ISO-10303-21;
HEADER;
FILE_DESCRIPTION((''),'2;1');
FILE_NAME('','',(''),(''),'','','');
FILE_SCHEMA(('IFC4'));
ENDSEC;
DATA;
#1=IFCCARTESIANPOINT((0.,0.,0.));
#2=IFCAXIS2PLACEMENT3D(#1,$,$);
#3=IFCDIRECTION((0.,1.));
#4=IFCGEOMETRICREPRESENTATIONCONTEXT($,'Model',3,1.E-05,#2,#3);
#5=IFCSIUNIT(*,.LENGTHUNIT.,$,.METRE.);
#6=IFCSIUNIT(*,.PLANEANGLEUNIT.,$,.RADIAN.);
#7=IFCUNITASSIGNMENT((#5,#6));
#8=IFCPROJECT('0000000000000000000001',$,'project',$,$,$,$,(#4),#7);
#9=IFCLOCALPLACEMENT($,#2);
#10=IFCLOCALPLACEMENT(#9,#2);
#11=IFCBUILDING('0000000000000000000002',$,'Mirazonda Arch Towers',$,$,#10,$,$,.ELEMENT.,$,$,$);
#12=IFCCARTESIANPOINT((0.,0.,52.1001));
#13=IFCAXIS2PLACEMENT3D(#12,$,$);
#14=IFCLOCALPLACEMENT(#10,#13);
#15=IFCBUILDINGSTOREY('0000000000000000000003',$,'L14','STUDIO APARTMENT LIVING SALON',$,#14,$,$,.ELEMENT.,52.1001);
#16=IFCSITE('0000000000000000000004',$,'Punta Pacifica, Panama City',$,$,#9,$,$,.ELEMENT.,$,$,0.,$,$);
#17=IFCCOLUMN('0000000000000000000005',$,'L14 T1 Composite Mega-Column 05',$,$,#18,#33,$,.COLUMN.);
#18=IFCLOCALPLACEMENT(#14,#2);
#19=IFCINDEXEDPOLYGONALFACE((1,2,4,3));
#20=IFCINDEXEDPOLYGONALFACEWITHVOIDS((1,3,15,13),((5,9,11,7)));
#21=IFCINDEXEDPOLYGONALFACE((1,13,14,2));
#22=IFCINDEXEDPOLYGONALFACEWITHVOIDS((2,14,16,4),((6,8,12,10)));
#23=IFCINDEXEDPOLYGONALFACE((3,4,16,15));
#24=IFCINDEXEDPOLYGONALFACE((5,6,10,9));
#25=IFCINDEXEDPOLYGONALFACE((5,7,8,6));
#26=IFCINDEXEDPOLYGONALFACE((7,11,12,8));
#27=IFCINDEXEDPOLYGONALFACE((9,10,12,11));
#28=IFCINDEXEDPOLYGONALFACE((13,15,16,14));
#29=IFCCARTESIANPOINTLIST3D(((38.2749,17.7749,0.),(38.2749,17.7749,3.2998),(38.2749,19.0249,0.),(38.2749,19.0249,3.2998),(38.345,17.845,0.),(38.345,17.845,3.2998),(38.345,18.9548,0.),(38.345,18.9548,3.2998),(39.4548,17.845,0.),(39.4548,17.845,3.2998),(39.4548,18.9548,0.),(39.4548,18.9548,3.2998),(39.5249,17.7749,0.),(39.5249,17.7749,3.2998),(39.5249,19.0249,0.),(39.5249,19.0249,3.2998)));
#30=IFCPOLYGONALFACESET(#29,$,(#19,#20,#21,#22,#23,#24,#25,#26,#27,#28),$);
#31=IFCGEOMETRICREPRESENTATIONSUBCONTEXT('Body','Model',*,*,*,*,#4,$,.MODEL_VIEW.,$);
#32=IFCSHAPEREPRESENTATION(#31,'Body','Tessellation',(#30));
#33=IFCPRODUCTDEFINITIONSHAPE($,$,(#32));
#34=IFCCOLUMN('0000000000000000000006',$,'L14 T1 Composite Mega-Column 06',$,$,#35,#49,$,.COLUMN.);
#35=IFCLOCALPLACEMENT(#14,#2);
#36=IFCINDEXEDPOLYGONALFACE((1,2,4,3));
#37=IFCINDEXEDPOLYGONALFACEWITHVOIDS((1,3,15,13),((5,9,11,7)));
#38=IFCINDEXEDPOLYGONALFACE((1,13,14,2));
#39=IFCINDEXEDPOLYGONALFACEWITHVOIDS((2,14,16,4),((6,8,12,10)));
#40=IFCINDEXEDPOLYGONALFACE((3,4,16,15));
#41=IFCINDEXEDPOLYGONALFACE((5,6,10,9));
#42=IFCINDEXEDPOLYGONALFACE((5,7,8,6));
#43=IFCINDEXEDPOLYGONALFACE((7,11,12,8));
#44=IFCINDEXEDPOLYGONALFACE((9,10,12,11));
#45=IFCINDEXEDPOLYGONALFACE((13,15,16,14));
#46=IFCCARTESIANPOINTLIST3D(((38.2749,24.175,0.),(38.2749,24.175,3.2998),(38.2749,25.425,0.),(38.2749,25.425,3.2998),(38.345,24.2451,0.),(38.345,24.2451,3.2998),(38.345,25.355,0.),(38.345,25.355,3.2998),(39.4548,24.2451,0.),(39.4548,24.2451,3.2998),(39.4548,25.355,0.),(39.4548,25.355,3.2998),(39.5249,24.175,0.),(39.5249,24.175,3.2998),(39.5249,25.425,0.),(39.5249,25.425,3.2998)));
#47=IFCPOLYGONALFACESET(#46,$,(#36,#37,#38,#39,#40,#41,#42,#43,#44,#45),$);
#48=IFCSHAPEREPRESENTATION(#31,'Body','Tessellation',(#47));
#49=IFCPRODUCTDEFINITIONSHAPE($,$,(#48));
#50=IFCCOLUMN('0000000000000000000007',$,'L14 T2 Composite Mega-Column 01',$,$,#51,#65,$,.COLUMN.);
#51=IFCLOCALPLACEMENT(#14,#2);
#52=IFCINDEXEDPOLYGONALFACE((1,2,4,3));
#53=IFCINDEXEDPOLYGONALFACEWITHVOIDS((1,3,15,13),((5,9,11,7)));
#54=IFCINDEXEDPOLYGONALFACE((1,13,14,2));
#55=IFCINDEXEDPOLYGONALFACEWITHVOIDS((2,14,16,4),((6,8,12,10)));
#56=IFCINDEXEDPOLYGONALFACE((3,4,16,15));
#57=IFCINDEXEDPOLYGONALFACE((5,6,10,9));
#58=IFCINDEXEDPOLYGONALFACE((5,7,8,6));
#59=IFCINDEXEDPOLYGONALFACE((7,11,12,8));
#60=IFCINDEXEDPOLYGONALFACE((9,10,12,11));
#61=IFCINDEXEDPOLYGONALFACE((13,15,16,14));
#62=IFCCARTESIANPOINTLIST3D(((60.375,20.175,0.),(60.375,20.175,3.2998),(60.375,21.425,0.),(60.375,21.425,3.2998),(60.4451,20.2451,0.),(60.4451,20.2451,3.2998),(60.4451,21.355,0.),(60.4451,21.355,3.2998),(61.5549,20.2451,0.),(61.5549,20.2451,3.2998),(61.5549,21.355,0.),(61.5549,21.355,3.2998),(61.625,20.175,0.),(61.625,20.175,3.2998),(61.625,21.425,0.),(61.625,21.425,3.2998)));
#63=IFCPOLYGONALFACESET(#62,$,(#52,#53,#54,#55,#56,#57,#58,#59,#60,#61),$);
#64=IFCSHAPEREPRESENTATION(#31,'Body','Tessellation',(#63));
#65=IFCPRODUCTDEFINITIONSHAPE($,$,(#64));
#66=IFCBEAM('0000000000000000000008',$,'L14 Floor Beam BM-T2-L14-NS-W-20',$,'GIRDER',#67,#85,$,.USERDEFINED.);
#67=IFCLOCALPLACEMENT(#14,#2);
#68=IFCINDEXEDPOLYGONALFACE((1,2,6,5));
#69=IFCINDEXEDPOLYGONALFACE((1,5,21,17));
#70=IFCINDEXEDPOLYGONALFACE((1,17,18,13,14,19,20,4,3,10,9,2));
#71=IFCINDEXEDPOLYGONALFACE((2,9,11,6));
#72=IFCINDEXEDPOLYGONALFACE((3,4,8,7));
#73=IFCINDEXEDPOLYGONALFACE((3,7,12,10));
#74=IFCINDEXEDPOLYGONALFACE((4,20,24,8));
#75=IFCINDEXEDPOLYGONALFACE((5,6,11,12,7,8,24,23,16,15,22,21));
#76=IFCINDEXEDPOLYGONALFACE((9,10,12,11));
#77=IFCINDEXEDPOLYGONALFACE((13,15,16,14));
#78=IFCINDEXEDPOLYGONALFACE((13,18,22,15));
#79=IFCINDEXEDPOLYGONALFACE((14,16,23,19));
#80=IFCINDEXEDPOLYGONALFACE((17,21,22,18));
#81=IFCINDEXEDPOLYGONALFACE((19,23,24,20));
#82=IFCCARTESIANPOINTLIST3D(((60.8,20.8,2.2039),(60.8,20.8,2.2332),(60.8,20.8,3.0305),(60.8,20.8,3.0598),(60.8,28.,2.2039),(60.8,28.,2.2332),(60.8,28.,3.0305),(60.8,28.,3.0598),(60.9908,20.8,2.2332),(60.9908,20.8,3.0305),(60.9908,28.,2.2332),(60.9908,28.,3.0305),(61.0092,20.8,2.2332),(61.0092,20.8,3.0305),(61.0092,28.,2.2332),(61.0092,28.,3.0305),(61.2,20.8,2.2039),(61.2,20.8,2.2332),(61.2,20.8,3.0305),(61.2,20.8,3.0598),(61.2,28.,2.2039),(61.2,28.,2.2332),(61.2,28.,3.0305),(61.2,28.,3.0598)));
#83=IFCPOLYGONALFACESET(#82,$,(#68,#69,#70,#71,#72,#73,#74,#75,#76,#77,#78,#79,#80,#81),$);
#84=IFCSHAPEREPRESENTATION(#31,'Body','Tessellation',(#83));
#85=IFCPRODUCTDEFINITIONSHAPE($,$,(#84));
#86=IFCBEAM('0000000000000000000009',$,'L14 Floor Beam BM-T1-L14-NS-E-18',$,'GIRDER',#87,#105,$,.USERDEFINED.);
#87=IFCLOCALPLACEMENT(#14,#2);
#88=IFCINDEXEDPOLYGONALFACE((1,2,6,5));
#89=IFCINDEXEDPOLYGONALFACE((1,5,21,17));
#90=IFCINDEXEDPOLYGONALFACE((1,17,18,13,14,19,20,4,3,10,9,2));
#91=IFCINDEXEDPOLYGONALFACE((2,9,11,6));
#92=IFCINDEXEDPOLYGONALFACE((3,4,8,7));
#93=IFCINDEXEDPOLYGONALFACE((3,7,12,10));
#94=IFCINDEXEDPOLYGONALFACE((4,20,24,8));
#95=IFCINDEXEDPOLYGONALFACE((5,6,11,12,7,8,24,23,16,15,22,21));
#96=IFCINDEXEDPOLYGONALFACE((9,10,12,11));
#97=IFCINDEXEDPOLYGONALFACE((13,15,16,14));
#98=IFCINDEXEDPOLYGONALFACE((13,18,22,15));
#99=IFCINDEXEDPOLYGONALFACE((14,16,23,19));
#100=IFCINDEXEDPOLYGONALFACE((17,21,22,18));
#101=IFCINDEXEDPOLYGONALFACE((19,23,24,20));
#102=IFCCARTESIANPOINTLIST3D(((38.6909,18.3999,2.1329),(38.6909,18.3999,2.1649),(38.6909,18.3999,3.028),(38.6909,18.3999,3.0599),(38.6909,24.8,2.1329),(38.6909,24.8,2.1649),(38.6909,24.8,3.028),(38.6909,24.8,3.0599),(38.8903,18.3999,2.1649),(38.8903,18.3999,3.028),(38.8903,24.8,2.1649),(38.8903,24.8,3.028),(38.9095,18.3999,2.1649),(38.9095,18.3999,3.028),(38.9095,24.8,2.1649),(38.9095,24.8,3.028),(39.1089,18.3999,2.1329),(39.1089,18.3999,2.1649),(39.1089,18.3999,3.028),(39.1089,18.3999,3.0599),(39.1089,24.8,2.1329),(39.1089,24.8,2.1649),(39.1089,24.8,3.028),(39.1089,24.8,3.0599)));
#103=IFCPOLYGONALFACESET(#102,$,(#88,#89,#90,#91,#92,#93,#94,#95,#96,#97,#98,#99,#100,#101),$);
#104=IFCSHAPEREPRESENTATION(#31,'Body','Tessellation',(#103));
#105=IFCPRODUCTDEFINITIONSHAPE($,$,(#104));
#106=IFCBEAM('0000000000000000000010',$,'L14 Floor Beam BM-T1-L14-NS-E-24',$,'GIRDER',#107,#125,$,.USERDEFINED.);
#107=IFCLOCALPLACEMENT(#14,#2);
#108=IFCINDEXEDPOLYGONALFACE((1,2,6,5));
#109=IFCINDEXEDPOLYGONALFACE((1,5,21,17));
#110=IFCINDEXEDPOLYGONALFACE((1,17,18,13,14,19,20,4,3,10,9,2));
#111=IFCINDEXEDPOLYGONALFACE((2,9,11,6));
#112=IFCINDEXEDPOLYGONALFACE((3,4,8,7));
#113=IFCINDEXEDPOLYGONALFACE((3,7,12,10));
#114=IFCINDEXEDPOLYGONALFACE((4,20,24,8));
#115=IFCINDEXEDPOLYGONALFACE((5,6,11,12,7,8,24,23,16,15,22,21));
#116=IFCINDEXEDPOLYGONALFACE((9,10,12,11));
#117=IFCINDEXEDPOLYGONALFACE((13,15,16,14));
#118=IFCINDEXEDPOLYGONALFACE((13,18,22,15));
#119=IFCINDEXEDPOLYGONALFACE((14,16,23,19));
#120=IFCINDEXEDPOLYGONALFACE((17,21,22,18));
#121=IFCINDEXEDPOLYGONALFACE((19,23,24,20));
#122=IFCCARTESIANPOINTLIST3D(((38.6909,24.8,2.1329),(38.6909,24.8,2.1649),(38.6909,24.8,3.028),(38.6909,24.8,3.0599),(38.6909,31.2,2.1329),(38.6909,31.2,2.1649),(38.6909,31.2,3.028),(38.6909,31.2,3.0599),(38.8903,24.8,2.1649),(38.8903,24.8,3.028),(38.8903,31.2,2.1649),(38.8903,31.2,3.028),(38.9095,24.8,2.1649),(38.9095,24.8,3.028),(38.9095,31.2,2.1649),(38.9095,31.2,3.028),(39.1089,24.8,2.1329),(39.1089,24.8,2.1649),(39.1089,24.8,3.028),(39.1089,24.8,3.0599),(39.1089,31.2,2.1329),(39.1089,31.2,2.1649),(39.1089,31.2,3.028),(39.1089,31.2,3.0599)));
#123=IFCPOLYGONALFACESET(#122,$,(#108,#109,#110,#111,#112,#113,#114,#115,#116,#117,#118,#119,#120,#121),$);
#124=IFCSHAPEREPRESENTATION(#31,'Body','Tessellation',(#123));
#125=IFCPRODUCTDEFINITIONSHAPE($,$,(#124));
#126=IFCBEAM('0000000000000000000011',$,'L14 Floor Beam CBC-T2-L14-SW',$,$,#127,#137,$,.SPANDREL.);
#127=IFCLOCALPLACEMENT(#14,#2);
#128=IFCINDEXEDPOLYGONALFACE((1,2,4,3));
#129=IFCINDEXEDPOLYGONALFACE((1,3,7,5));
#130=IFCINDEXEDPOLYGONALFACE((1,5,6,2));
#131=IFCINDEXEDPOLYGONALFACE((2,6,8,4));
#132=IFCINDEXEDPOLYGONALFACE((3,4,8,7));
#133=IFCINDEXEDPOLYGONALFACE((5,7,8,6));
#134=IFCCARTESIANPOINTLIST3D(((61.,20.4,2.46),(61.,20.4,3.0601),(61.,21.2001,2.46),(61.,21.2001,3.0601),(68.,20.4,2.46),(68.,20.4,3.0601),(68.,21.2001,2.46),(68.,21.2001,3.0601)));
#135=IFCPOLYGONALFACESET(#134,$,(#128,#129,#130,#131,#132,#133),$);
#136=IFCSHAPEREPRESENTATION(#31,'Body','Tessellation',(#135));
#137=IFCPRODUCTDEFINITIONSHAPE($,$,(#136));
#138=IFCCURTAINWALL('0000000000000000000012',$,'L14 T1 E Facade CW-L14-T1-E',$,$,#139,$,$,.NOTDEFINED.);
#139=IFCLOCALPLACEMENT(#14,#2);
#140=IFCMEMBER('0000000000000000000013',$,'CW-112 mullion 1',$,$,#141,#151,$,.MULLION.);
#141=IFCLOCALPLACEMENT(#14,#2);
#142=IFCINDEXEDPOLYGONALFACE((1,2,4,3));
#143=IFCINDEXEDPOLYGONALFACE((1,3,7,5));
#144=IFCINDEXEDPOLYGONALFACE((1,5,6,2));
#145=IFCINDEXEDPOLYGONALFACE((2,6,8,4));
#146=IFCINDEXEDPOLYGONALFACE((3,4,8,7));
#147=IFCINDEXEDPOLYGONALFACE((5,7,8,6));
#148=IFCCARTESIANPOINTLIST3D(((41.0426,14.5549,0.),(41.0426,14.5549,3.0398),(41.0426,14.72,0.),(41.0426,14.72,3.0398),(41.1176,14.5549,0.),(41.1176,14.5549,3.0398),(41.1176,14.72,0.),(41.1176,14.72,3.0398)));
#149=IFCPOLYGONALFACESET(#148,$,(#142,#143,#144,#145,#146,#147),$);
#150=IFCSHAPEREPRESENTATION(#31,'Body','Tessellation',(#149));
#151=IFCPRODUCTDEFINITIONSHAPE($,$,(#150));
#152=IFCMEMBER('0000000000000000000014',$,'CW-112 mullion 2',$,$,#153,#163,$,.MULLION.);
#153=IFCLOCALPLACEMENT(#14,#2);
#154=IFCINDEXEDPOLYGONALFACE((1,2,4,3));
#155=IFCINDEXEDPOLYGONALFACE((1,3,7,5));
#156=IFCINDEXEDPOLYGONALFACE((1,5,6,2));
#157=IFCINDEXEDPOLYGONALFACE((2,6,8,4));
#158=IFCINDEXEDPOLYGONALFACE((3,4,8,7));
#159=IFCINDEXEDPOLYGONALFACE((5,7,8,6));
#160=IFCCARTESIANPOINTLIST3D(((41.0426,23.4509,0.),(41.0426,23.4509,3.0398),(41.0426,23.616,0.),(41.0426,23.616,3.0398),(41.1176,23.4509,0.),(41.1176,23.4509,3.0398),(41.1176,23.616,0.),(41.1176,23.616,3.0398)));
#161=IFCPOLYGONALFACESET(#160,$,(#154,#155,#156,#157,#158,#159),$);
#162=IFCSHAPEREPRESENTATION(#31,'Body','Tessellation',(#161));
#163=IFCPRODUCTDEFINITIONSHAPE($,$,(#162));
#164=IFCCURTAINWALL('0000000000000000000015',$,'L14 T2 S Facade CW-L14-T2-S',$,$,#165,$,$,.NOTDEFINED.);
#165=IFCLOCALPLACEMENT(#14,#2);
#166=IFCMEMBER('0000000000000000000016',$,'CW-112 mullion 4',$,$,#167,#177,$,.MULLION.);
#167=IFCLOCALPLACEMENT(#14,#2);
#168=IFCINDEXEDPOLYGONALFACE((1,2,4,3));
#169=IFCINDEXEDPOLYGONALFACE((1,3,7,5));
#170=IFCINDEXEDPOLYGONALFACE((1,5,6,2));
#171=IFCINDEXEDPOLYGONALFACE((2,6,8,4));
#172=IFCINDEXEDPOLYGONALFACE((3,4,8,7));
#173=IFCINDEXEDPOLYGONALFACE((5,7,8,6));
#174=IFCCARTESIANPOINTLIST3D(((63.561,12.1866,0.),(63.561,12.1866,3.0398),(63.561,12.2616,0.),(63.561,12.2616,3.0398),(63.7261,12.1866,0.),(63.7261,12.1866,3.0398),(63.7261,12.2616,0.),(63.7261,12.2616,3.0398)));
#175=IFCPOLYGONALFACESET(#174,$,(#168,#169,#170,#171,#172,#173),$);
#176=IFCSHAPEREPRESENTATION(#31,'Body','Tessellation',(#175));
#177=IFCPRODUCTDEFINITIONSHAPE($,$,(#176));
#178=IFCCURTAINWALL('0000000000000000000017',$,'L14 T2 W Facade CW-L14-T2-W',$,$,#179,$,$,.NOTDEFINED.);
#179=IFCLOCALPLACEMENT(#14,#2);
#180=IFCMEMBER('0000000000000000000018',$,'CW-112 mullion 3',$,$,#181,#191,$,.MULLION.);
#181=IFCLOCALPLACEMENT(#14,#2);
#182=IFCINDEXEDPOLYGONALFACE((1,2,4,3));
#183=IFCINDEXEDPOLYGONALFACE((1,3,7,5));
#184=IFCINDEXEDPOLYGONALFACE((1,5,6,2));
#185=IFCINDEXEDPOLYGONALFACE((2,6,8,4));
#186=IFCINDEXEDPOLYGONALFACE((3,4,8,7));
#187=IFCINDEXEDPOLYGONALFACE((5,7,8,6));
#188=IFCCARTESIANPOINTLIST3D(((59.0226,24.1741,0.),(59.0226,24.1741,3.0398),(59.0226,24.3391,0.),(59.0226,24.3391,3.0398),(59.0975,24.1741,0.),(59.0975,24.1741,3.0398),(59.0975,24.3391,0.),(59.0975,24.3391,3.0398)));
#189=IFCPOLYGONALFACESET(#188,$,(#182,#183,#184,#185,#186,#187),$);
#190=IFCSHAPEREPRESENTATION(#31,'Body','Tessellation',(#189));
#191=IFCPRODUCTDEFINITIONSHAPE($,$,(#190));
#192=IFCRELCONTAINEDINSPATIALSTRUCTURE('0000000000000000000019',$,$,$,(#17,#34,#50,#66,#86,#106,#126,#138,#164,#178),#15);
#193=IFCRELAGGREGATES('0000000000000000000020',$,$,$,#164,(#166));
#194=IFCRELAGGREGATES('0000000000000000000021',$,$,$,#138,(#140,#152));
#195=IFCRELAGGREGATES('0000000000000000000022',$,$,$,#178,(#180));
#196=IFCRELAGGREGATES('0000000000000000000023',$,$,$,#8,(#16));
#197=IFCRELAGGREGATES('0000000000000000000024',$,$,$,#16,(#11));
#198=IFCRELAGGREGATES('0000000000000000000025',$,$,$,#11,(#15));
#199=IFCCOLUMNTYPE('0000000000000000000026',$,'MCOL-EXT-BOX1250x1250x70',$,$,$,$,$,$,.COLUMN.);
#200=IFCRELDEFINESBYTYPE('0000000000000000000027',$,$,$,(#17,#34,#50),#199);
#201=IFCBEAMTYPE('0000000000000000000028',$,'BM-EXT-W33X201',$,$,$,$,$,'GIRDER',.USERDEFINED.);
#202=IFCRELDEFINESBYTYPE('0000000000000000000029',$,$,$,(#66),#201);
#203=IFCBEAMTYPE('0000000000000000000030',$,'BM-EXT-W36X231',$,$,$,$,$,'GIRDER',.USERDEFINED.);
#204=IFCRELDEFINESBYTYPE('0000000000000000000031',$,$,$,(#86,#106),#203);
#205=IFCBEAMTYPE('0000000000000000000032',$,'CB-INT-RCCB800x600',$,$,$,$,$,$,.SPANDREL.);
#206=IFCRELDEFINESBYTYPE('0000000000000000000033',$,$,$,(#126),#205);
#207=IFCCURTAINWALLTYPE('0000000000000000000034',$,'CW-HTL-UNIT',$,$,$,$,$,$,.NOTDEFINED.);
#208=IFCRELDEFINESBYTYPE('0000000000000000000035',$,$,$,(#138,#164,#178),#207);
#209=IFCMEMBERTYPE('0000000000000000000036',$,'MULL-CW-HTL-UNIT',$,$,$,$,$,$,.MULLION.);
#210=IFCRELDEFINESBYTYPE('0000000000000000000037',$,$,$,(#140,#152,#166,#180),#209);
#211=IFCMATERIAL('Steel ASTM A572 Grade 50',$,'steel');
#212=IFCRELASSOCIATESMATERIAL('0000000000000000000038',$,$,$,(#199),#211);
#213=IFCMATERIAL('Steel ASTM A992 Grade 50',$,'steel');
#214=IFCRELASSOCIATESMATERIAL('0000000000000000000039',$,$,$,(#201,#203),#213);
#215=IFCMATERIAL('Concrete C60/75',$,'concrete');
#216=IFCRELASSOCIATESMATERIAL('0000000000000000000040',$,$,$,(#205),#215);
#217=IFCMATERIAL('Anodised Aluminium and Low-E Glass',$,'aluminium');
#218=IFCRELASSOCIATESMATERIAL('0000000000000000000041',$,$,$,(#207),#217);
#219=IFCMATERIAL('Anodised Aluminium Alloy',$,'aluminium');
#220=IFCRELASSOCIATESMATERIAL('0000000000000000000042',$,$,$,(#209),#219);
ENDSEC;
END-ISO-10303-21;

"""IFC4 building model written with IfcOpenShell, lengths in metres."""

from ifc_helpers import new_model, si_unit, direction, frame, origin, origin_2d, place, context, subcontext, project, spatial, rectangle, hollow_rectangle, i_section, extrude, material, material_profile, profile_set, type_object, element, aggregate, save


model = new_model("IFC4")

# Units and contexts
model_context = context("Model", 3, precision=1e-05, world=origin(), true_north=direction((0.0, 1.0)))
body_context = subcontext(model_context, "Body", "Model", "MODEL_VIEW")
ifc_project = project(units=[si_unit("LENGTHUNIT", "METRE"), si_unit("PLANEANGLEUNIT", "RADIAN")], contexts=[model_context])

# Site, building, storey
site_placement = place(None, origin())
site = spatial("IfcSite", under=ifc_project, at=site_placement, Name="Punta Pacifica, Panama City", CompositionType="ELEMENT", RefElevation=0.0)
building_placement = place(site_placement, origin())
building = spatial("IfcBuilding", under=site, at=building_placement, Name="Mirazonda Arch Towers", CompositionType="ELEMENT")
storey_placement = place(building_placement, frame((0.0, 0.0, 52.1001)))
storey = spatial("IfcBuildingStorey", under=building, at=storey_placement, Name="L14", Description="STUDIO APARTMENT LIVING SALON", CompositionType="ELEMENT", Elevation=52.1001)

# Columns
ifc_material_1 = material(Name="Steel ASTM A572 Grade 50", Category="steel")
ifc_material_profile_1 = material_profile(ifc_material_1, hollow_rectangle(XDim=1.25, YDim=1.25, WallThickness=0.0701, at=origin_2d()), Name="BOX1250x1250x70")
ifc_profile_set_1 = profile_set([ifc_material_profile_1], Name="Steel ASTM A572 Grade 50")
column_type = type_object("IfcColumnType", Name="MCOL-EXT-BOX1250x1250x70", PredefinedType="COLUMN", material=ifc_profile_set_1)
for number, where, z_axis, x_axis, name in (
    (1, (38.8999, 18.3999, 0.0), (0.0, 0.0, 1.0), (1.0, 0.0, 0.0), "L14 T1 Composite Mega-Column 05"),
    (2, (38.8999, 24.8, 0.0), (0.0, 0.0, 1.0), (1.0, 0.0, 0.0), "L14 T1 Composite Mega-Column 06"),
    (3, (61.0, 20.8, 0.0), (0.0, 0.0, 1.0), (1.0, 0.0, 0.0), "L14 T2 Composite Mega-Column 01"),
):
    element("IfcColumn", number, at=place(storey_placement, frame(where, z_axis=z_axis, x_axis=x_axis)), inside=storey, type_object=column_type, Name=name, PredefinedType="COLUMN", context=body_context, shape_type="SweptSolid", body=[
        extrude(hollow_rectangle(XDim=1.25, YDim=1.25, WallThickness=0.0701, at=origin_2d()), origin(), (0.0, 0.0, 1.0), 3.2998),
    ])

# Beams
ifc_material_2 = material(Name="Steel ASTM A992 Grade 50", Category="steel")
ifc_material_profile_2 = material_profile(ifc_material_2, i_section(OverallWidth=0.3999, OverallDepth=0.856, WebThickness=0.0183, FlangeThickness=0.0293, at=origin_2d()), Name="W33X201")
ifc_profile_set_2 = profile_set([ifc_material_profile_2], Name="Steel ASTM A992 Grade 50")
beam_type_1 = type_object("IfcBeamType", Name="BM-EXT-W33X201", ElementType="GIRDER", PredefinedType="USERDEFINED", material=ifc_profile_set_2)
beam_1_placement = place(storey_placement, frame((61.0, 20.8, 2.6318), z_axis=(0.0, 1.0, 0.0), x_axis=(-1.0, 0.0, 0.0)))
element("IfcBeam", 4, at=beam_1_placement, inside=storey, type_object=beam_type_1, Name="L14 Floor Beam BM-T2-L14-NS-W-20", ObjectType="GIRDER", PredefinedType="USERDEFINED", context=body_context, shape_type="SweptSolid", body=[
    extrude(i_section(OverallWidth=0.3999, OverallDepth=0.856, WebThickness=0.0183, FlangeThickness=0.0293, at=origin_2d()), origin(), (0.0, 0.0, 1.0), 7.2),
])
ifc_material_profile_3 = material_profile(ifc_material_2, i_section(OverallWidth=0.418, OverallDepth=0.927, WebThickness=0.0193, FlangeThickness=0.032, at=origin_2d()), Name="W36X231")
ifc_profile_set_3 = profile_set([ifc_material_profile_3], Name="Steel ASTM A992 Grade 50")
beam_type_2 = type_object("IfcBeamType", Name="BM-EXT-W36X231", ElementType="GIRDER", PredefinedType="USERDEFINED", material=ifc_profile_set_3)
beam_2_placement = place(storey_placement, frame((38.8999, 18.3999, 2.5964), z_axis=(0.0, 1.0, 0.0), x_axis=(-1.0, 0.0, 0.0)))
element("IfcBeam", 5, at=beam_2_placement, inside=storey, type_object=beam_type_2, Name="L14 Floor Beam BM-T1-L14-NS-E-18", ObjectType="GIRDER", PredefinedType="USERDEFINED", context=body_context, shape_type="SweptSolid", body=[
    extrude(i_section(OverallWidth=0.418, OverallDepth=0.927, WebThickness=0.0193, FlangeThickness=0.032, at=origin_2d()), origin(), (0.0, 0.0, 1.0), 6.4001),
])
beam_3_placement = place(storey_placement, frame((38.8999, 24.8, 2.5964), z_axis=(0.0, 1.0, 0.0), x_axis=(-1.0, 0.0, 0.0)))
element("IfcBeam", 6, at=beam_3_placement, inside=storey, type_object=beam_type_2, Name="L14 Floor Beam BM-T1-L14-NS-E-24", ObjectType="GIRDER", PredefinedType="USERDEFINED", context=body_context, shape_type="SweptSolid", body=[
    extrude(i_section(OverallWidth=0.418, OverallDepth=0.927, WebThickness=0.0193, FlangeThickness=0.032, at=origin_2d()), origin(), (0.0, 0.0, 1.0), 6.3999),
])
ifc_material_3 = material(Name="Concrete C60/75", Category="concrete")
ifc_material_profile_4 = material_profile(ifc_material_3, rectangle(XDim=0.8, YDim=0.6001, at=origin_2d()), Name="RCCB800x600")
ifc_profile_set_4 = profile_set([ifc_material_profile_4], Name="Concrete C60/75")
beam_type_3 = type_object("IfcBeamType", Name="CB-INT-RCCB800x600", PredefinedType="SPANDREL", material=ifc_profile_set_4)
beam_4_placement = place(storey_placement, frame((61.0, 20.8, 2.76), z_axis=(1.0, 0.0, 0.0), x_axis=(0.0, 1.0, 0.0)))
element("IfcBeam", 7, at=beam_4_placement, inside=storey, type_object=beam_type_3, Name="L14 Floor Beam CBC-T2-L14-SW", PredefinedType="SPANDREL", context=body_context, shape_type="SweptSolid", body=[
    extrude(rectangle(XDim=0.8, YDim=0.6001, at=origin_2d()), origin(), (0.0, 0.0, 1.0), 7.0),
])

# Curtain wall, members
ifc_material_4 = material(Name="Anodised Aluminium and Low-E Glass", Category="aluminium")
curtain_wall_type = type_object("IfcCurtainWallType", Name="CW-HTL-UNIT", PredefinedType="NOTDEFINED", material=ifc_material_4)
curtain_wall_1_placement = place(storey_placement, origin())
curtain_wall_1 = element("IfcCurtainWall", 8, at=curtain_wall_1_placement, inside=storey, type_object=curtain_wall_type, Name="L14 T1 E Facade CW-L14-T1-E", PredefinedType="NOTDEFINED")
ifc_material_5 = material(Name="Anodised Aluminium Alloy", Category="aluminium")
ifc_material_profile_5 = material_profile(ifc_material_5, rectangle(XDim=0.075, YDim=0.165, at=origin_2d()), Name="ALU-MULL-75x165")
ifc_profile_set_5 = profile_set([ifc_material_profile_5], Name="Anodised Aluminium Alloy")
member_type_1 = type_object("IfcMemberType", Name="MULL-CW-HTL-UNIT", PredefinedType="MULLION", material=ifc_profile_set_5)
member_1_placement = place(storey_placement, frame((41.0801, 14.6375, 0.0), z_axis=(0.0, 0.0, 1.0), x_axis=(-1.0, 0.0, 0.0)))
member_1 = element("IfcMember", 9, at=member_1_placement, type_object=member_type_1, Name="CW-112 mullion 1", PredefinedType="MULLION", context=body_context, shape_type="SweptSolid", body=[
    extrude(rectangle(XDim=0.075, YDim=0.165, at=origin_2d()), origin(), (0.0, 0.0, 1.0), 3.0398),
])
member_2_placement = place(storey_placement, frame((41.0801, 23.5334, 0.0), z_axis=(0.0, 0.0, 1.0), x_axis=(-1.0, 0.0, 0.0)))
member_2 = element("IfcMember", 10, at=member_2_placement, type_object=member_type_1, Name="CW-112 mullion 2", PredefinedType="MULLION", context=body_context, shape_type="SweptSolid", body=[
    extrude(rectangle(XDim=0.075, YDim=0.165, at=origin_2d()), origin(), (0.0, 0.0, 1.0), 3.0398),
])

# Curtain wall, member
curtain_wall_2_placement = place(storey_placement, origin())
curtain_wall_2 = element("IfcCurtainWall", 11, at=curtain_wall_2_placement, inside=storey, type_object=curtain_wall_type, Name="L14 T2 S Facade CW-L14-T2-S", PredefinedType="NOTDEFINED")
member_3_placement = place(storey_placement, frame((63.6436, 12.2241, 0.0), z_axis=(0.0, 0.0, 1.0), x_axis=(0.0, -1.0, 0.0)))
member_3 = element("IfcMember", 12, at=member_3_placement, type_object=member_type_1, Name="CW-112 mullion 4", PredefinedType="MULLION", context=body_context, shape_type="SweptSolid", body=[
    extrude(rectangle(XDim=0.075, YDim=0.165, at=origin_2d()), origin(), (0.0, 0.0, 1.0), 3.0398),
])
aggregate(curtain_wall_2, [member_3])

# Curtain wall, member
curtain_wall_3_placement = place(storey_placement, origin())
curtain_wall_3 = element("IfcCurtainWall", 13, at=curtain_wall_3_placement, inside=storey, type_object=curtain_wall_type, Name="L14 T2 W Facade CW-L14-T2-W", PredefinedType="NOTDEFINED")
member_4_placement = place(storey_placement, frame((59.0601, 24.2566, 0.0), z_axis=(0.0, 0.0, 1.0), x_axis=(1.0, 0.0, 0.0)))
member_4 = element("IfcMember", 14, at=member_4_placement, type_object=member_type_1, Name="CW-112 mullion 3", PredefinedType="MULLION", context=body_context, shape_type="SweptSolid", body=[
    extrude(rectangle(XDim=0.075, YDim=0.165, at=origin_2d()), origin(), (0.0, 0.0, 1.0), 3.0398),
])

aggregate(curtain_wall_1, [member_1, member_2])
aggregate(curtain_wall_3, [member_4])

save(model, "model.ifc")
